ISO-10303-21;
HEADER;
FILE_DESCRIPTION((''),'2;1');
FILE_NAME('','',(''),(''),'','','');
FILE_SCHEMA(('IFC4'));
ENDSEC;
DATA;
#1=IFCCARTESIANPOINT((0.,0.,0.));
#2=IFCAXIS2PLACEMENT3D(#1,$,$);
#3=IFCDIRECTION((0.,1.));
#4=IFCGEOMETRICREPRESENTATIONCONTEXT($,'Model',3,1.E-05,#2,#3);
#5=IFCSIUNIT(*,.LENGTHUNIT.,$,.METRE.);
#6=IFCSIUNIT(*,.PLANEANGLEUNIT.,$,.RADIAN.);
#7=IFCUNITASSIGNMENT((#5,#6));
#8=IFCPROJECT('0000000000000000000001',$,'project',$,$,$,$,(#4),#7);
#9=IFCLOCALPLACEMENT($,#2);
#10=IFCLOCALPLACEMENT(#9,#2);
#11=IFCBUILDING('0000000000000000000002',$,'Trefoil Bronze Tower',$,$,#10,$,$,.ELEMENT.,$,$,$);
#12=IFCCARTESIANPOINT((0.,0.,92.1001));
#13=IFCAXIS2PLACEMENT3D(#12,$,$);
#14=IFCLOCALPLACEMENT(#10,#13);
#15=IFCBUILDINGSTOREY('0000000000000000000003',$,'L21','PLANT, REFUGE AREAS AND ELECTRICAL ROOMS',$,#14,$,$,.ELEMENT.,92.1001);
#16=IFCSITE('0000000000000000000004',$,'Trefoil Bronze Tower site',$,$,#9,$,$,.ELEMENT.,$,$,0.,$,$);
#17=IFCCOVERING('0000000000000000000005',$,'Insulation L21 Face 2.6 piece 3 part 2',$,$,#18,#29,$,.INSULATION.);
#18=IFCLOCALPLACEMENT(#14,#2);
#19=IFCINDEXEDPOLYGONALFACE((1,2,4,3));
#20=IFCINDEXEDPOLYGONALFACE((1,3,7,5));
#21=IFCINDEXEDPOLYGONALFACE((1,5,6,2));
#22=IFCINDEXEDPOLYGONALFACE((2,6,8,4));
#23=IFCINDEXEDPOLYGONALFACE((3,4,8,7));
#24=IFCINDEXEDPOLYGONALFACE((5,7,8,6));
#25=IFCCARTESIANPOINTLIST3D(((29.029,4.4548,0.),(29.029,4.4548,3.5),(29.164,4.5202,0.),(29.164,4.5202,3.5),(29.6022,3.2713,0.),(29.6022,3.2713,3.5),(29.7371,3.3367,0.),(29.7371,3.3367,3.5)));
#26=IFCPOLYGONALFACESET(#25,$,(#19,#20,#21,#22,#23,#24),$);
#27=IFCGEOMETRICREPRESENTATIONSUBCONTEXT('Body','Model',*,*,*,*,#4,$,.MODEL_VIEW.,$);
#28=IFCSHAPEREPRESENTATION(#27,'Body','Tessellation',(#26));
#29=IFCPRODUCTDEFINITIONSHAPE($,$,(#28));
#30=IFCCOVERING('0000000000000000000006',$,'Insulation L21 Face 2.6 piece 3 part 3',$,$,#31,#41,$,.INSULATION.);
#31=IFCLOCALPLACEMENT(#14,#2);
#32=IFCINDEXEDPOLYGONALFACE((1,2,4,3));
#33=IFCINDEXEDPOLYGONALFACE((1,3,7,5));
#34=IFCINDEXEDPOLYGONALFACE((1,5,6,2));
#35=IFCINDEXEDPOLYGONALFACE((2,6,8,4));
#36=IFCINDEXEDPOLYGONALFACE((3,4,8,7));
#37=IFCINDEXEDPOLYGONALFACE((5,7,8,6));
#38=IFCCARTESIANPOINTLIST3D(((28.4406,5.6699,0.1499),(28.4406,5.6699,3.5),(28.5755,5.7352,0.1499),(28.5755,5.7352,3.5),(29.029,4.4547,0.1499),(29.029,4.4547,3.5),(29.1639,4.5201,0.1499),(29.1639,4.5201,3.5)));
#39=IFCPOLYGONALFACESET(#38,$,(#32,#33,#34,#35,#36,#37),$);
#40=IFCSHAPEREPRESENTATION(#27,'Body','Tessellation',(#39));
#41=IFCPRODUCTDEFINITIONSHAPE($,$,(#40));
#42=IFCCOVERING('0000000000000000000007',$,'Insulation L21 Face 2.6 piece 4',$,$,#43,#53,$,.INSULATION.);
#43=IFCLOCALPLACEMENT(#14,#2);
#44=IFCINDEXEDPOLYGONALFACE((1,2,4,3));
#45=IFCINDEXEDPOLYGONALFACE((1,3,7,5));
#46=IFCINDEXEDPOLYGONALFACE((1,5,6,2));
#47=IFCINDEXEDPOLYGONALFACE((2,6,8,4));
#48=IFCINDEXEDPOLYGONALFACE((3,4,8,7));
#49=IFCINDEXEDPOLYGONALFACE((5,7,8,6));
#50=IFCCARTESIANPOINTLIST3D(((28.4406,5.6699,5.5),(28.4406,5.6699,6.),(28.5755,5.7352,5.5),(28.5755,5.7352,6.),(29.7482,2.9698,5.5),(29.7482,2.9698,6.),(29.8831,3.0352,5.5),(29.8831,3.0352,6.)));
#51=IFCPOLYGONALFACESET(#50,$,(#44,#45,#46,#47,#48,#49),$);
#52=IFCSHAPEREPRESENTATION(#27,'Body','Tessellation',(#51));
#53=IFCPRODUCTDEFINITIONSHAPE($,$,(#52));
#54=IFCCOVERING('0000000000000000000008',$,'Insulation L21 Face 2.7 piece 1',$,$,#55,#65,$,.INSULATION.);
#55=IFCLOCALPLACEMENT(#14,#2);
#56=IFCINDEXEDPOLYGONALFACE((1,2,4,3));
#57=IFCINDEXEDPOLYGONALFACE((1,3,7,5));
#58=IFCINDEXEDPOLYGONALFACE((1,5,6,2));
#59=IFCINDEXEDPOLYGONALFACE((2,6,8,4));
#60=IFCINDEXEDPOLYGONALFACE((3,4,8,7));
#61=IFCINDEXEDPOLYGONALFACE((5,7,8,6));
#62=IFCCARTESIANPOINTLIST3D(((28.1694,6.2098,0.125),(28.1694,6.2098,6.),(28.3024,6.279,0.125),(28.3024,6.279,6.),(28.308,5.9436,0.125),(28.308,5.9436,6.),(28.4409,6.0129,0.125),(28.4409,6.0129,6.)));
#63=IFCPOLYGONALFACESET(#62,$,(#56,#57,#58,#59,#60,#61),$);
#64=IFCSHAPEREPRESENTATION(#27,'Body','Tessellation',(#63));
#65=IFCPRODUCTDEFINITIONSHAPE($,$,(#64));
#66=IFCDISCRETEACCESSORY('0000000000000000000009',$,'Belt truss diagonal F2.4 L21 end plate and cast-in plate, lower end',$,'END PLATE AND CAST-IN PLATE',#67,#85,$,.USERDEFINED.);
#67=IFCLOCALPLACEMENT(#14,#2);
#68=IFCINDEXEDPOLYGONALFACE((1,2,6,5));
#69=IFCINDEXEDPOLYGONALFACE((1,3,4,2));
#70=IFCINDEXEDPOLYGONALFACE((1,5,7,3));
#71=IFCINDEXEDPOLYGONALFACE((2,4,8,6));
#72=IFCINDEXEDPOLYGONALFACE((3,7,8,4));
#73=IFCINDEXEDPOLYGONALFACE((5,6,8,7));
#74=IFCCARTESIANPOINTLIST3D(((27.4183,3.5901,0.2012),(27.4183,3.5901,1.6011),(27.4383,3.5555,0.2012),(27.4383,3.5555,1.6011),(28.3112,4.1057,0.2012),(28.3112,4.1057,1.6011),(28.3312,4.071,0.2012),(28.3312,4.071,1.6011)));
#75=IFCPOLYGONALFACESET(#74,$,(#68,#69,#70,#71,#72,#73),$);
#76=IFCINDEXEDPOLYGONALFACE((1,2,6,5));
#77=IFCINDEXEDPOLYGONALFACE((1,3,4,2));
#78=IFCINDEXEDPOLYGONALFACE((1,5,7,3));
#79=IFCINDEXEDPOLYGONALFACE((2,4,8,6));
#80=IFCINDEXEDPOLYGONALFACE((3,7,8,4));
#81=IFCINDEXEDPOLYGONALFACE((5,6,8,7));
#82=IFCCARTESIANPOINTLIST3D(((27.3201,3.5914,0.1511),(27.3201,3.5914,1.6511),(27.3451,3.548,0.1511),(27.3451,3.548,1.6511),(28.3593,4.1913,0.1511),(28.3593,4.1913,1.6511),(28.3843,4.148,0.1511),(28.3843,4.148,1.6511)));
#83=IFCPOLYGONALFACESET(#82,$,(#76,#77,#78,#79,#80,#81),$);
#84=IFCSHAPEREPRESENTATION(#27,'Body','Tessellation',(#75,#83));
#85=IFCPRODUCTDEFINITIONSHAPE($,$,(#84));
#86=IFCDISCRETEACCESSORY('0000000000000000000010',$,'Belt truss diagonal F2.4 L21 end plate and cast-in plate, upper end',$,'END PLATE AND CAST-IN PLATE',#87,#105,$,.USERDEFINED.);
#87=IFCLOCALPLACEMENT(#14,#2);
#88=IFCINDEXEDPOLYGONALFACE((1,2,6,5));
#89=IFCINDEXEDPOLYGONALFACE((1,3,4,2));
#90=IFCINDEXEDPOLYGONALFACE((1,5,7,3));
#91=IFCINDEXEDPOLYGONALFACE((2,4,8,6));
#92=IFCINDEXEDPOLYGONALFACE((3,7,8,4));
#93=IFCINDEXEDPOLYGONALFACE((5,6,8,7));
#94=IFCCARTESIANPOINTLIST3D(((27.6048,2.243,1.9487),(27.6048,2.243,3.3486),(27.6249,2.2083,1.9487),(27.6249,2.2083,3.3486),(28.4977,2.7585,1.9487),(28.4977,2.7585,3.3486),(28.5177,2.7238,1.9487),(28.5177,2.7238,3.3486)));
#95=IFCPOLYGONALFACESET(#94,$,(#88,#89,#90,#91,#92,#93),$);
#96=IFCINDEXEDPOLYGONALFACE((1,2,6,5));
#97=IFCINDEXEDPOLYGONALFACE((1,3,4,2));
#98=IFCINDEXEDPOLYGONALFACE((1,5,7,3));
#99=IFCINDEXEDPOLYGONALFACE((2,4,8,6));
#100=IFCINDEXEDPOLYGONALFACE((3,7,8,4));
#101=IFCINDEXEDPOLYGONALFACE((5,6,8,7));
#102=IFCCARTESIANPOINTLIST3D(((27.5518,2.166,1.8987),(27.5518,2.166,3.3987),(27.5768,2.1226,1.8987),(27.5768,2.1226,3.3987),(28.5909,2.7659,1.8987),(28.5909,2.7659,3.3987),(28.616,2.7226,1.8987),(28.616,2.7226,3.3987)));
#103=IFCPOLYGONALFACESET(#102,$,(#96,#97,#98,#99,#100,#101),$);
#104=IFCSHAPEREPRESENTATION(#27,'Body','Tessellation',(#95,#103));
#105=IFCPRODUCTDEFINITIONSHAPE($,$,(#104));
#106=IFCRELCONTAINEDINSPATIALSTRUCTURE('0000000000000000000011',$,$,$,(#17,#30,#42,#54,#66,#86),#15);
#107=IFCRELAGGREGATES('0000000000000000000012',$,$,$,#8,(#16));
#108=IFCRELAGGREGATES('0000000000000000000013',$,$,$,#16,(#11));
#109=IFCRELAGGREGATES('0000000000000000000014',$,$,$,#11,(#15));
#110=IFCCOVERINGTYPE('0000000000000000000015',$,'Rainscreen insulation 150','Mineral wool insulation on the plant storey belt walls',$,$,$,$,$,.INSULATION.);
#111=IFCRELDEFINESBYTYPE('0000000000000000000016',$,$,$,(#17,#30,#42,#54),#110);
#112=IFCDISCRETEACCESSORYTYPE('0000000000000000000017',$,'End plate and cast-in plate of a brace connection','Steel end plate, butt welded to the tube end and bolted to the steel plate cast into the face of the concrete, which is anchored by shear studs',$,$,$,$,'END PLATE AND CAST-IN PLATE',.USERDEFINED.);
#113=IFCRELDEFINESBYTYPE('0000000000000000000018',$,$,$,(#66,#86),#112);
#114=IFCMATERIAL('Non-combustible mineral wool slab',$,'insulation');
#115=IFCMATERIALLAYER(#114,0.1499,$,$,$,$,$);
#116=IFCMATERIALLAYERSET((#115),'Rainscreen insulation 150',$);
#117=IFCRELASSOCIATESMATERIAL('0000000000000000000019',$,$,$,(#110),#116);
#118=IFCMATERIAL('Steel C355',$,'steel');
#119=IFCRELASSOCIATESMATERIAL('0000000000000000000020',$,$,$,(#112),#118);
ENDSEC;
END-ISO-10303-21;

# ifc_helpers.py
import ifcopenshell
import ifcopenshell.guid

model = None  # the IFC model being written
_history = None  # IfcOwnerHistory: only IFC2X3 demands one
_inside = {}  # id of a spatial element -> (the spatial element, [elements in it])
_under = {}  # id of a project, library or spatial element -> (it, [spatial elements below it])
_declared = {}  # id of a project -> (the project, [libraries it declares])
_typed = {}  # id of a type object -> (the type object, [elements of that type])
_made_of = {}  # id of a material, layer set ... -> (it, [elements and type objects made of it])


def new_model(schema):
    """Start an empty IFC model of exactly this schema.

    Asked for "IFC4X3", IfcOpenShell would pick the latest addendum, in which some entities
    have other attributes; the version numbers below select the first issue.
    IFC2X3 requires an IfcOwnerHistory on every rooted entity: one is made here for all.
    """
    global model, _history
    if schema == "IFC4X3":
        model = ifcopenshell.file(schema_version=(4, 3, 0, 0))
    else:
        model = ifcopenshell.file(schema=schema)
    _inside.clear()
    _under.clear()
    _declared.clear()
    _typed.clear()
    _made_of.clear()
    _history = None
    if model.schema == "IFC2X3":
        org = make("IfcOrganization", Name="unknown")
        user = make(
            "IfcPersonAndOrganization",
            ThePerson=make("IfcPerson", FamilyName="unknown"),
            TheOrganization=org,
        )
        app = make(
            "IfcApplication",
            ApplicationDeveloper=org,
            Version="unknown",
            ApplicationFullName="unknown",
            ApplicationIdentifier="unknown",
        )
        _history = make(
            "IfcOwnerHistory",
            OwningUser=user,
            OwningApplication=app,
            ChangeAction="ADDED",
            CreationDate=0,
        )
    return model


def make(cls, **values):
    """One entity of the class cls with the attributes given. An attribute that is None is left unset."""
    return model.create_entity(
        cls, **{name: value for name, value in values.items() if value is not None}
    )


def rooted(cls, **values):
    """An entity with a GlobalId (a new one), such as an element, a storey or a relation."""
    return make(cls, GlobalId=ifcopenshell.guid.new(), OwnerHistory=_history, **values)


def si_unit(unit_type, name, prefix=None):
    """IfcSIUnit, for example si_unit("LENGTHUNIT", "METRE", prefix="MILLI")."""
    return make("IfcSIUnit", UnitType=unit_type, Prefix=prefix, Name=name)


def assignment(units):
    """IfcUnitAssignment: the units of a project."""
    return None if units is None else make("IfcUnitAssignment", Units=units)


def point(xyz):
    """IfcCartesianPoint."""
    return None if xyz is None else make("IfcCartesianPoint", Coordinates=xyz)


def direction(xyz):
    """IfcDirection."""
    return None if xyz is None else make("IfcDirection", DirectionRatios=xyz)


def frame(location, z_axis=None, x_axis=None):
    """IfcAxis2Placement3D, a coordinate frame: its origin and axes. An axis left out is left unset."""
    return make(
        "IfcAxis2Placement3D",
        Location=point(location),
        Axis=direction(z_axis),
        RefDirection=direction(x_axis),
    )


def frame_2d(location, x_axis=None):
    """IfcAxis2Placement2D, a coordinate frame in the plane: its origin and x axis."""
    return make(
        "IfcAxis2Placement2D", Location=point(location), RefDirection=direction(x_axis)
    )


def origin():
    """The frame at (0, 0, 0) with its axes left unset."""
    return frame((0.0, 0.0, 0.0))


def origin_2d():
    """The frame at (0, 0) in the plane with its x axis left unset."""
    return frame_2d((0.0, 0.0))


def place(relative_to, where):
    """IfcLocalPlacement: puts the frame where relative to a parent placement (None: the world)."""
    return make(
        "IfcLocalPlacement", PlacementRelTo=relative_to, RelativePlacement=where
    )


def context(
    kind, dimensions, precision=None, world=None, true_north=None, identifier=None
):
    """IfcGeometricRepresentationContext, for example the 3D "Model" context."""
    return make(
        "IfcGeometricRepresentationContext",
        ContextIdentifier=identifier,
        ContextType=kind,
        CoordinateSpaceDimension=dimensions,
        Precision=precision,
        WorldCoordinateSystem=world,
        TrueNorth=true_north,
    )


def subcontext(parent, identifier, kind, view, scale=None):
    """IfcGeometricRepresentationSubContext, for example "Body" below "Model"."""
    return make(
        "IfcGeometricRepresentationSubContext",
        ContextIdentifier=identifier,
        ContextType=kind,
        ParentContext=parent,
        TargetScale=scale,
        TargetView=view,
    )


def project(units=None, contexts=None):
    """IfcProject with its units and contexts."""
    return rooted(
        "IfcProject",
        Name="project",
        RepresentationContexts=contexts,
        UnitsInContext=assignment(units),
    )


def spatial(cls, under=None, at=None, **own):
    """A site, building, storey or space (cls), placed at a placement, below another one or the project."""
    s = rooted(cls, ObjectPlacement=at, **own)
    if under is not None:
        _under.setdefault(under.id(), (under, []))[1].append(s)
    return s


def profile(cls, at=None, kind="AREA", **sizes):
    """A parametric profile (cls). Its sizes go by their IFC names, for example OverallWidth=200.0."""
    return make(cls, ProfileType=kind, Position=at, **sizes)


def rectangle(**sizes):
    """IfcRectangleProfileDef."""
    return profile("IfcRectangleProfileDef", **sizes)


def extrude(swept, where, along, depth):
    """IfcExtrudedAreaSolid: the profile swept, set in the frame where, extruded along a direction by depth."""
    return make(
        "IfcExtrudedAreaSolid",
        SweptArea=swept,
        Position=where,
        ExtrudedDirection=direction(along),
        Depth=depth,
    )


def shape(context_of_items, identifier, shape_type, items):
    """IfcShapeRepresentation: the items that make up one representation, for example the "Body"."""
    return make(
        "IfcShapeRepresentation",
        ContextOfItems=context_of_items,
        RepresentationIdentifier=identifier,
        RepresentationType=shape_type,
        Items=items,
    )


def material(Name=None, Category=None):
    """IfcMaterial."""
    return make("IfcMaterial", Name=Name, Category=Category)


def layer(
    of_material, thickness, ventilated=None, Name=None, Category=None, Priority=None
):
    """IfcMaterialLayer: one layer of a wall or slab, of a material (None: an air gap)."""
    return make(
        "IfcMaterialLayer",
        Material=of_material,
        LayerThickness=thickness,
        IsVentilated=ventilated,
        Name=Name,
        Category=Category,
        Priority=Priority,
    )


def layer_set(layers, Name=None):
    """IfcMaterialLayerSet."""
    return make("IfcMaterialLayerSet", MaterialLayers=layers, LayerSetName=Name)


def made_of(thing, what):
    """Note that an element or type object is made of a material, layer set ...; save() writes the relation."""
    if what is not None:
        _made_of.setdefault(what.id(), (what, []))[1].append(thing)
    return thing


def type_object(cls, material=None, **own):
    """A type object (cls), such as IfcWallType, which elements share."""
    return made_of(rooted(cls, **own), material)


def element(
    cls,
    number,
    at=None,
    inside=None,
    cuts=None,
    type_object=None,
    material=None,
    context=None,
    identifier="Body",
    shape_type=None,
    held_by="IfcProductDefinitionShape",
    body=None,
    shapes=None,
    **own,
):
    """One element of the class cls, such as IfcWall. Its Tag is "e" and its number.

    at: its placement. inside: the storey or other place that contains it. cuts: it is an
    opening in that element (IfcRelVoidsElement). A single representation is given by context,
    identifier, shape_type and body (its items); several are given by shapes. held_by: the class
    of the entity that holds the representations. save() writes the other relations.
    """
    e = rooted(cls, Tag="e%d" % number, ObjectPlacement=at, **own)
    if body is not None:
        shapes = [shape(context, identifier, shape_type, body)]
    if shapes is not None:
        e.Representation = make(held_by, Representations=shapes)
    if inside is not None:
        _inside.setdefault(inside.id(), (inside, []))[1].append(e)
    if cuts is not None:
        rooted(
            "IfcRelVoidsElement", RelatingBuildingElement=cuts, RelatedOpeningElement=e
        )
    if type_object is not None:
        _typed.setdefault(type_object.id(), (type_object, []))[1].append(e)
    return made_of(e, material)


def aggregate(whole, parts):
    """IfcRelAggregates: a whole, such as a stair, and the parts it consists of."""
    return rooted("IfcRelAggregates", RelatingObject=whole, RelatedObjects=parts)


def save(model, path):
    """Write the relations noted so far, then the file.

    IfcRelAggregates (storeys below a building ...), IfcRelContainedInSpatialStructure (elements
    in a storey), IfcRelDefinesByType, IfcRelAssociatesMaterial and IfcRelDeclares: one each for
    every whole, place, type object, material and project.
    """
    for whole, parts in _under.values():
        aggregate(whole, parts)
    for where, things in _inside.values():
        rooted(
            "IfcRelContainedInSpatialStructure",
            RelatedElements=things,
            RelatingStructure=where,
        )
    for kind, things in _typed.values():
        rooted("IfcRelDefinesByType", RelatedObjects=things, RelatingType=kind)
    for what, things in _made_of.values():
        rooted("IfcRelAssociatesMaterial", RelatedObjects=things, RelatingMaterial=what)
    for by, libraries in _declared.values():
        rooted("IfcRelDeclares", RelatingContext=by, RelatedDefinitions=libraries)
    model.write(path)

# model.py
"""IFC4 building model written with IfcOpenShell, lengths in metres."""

from ifc_helpers import new_model, si_unit, direction, frame, origin, origin_2d, place, context, subcontext, project, spatial, rectangle, extrude, material, layer, layer_set, type_object, element, save


model = new_model("IFC4")

# Units and contexts
model_context = context("Model", 3, precision=1e-05, world=origin(), true_north=direction((0.0, 1.0)))
body_context = subcontext(model_context, "Body", "Model", "MODEL_VIEW")
ifc_project = project(units=[si_unit("LENGTHUNIT", "METRE"), si_unit("PLANEANGLEUNIT", "RADIAN")], contexts=[model_context])

# Site, building, storey
site_placement = place(None, origin())
site = spatial("IfcSite", under=ifc_project, at=site_placement, Name="Trefoil Bronze Tower site", CompositionType="ELEMENT", RefElevation=0.0)
building_placement = place(site_placement, origin())
building = spatial("IfcBuilding", under=site, at=building_placement, Name="Trefoil Bronze Tower", CompositionType="ELEMENT")
storey_placement = place(building_placement, frame((0.0, 0.0, 92.1001)))
storey = spatial("IfcBuildingStorey", under=building, at=storey_placement, Name="L21", Description="PLANT, REFUGE AREAS AND ELECTRICAL ROOMS", CompositionType="ELEMENT", Elevation=92.1001)

# Coverings
ifc_material_1 = material(Name="Non-combustible mineral wool slab", Category="insulation")
ifc_layer_1 = layer(ifc_material_1, 0.1499)
ifc_layer_set_1 = layer_set([ifc_layer_1], Name="Rainscreen insulation 150")
covering_type_1 = type_object("IfcCoveringType", Name="Rainscreen insulation 150", Description="Mineral wool insulation on the plant storey belt walls", PredefinedType="INSULATION", material=ifc_layer_set_1)
covering_1_placement = place(storey_placement, frame((29.3831, 3.8958, 0.0), z_axis=(0.0, 0.0, 1.0), x_axis=(-0.435855, 0.900017, 0.0)))
element("IfcCovering", 1, at=covering_1_placement, inside=storey, type_object=covering_type_1, Name="Insulation L21 Face 2.6 piece 3 part 2", PredefinedType="INSULATION", context=body_context, shape_type="SweptSolid", body=[
    extrude(rectangle(XDim=1.3149, YDim=0.1499, at=origin_2d()), origin(), (0.0, 0.0, 1.0), 3.5),
])
covering_2_placement = place(storey_placement, frame((28.8022, 5.095, 0.1499), z_axis=(0.0, 0.0, 1.0), x_axis=(-0.435855, 0.900017, 0.0)))
element("IfcCovering", 2, at=covering_2_placement, inside=storey, type_object=covering_type_1, Name="Insulation L21 Face 2.6 piece 3 part 3", PredefinedType="INSULATION", context=body_context, shape_type="SweptSolid", body=[
    extrude(rectangle(XDim=1.3501, YDim=0.1499, at=origin_2d()), origin(), (0.0, 0.0, 1.0), 3.3501),
])
covering_3_placement = place(storey_placement, frame((29.1619, 4.3525, 5.5), z_axis=(0.0, 0.0, 1.0), x_axis=(-0.435855, 0.900017, 0.0)))
element("IfcCovering", 3, at=covering_3_placement, inside=storey, type_object=covering_type_1, Name="Insulation L21 Face 2.6 piece 4", PredefinedType="INSULATION", context=body_context, shape_type="SweptSolid", body=[
    extrude(rectangle(XDim=3.0, YDim=0.1499, at=origin_2d()), origin(), (0.0, 0.0, 1.0), 0.5),
])
covering_4_placement = place(storey_placement, frame((28.3052, 6.1113, 0.125), z_axis=(0.0, 0.0, 1.0), x_axis=(-0.46183, 0.886969, 0.0)))
element("IfcCovering", 4, at=covering_4_placement, inside=storey, type_object=covering_type_1, Name="Insulation L21 Face 2.7 piece 1", PredefinedType="INSULATION", context=body_context, shape_type="SweptSolid", body=[
    extrude(rectangle(XDim=0.3, YDim=0.1499, at=origin_2d()), origin(), (0.0, 0.0, 1.0), 5.875),
])

# Discrete accessories
ifc_material_2 = material(Name="Steel C355", Category="steel")
discrete_accessory_type = type_object("IfcDiscreteAccessoryType", Name="End plate and cast-in plate of a brace connection", Description="Steel end plate, butt welded to the tube end and bolted to the steel plate cast into the face of the concrete, which is anchored by shear studs", ElementType="END PLATE AND CAST-IN PLATE", PredefinedType="USERDEFINED", material=ifc_material_2)
for number, where, z_axis, x_axis, name in (
    (5, (27.8647, 3.8479, 0.9011), (0.0, 0.0, 1.0), (0.5, -0.866025, 0.0), "Belt truss diagonal F2.4 L21 end plate and cast-in plate, lower end"),
    (6, (28.0713, 2.4661, 2.6487), (0.0, 0.0, 1.0), (-0.5, 0.866025, 0.0), "Belt truss diagonal F2.4 L21 end plate and cast-in plate, upper end"),
):
    element("IfcDiscreteAccessory", number, at=place(storey_placement, frame(where, z_axis=z_axis, x_axis=x_axis)), inside=storey, type_object=discrete_accessory_type, Name=name, ObjectType="END PLATE AND CAST-IN PLATE", PredefinedType="USERDEFINED", context=body_context, shape_type="SweptSolid", body=[
        extrude(rectangle(XDim=0.04, YDim=1.031, at=origin_2d()), frame((0.02, 0.0, -0.7)), (0.0, 0.0, 1.0), 1.3999),
        extrude(rectangle(XDim=0.05, YDim=1.2, at=origin_2d()), frame((-0.0251, 0.0, -0.75)), (0.0, 0.0, 1.0), 1.5),
    ])

save(model, "model.ifc")
